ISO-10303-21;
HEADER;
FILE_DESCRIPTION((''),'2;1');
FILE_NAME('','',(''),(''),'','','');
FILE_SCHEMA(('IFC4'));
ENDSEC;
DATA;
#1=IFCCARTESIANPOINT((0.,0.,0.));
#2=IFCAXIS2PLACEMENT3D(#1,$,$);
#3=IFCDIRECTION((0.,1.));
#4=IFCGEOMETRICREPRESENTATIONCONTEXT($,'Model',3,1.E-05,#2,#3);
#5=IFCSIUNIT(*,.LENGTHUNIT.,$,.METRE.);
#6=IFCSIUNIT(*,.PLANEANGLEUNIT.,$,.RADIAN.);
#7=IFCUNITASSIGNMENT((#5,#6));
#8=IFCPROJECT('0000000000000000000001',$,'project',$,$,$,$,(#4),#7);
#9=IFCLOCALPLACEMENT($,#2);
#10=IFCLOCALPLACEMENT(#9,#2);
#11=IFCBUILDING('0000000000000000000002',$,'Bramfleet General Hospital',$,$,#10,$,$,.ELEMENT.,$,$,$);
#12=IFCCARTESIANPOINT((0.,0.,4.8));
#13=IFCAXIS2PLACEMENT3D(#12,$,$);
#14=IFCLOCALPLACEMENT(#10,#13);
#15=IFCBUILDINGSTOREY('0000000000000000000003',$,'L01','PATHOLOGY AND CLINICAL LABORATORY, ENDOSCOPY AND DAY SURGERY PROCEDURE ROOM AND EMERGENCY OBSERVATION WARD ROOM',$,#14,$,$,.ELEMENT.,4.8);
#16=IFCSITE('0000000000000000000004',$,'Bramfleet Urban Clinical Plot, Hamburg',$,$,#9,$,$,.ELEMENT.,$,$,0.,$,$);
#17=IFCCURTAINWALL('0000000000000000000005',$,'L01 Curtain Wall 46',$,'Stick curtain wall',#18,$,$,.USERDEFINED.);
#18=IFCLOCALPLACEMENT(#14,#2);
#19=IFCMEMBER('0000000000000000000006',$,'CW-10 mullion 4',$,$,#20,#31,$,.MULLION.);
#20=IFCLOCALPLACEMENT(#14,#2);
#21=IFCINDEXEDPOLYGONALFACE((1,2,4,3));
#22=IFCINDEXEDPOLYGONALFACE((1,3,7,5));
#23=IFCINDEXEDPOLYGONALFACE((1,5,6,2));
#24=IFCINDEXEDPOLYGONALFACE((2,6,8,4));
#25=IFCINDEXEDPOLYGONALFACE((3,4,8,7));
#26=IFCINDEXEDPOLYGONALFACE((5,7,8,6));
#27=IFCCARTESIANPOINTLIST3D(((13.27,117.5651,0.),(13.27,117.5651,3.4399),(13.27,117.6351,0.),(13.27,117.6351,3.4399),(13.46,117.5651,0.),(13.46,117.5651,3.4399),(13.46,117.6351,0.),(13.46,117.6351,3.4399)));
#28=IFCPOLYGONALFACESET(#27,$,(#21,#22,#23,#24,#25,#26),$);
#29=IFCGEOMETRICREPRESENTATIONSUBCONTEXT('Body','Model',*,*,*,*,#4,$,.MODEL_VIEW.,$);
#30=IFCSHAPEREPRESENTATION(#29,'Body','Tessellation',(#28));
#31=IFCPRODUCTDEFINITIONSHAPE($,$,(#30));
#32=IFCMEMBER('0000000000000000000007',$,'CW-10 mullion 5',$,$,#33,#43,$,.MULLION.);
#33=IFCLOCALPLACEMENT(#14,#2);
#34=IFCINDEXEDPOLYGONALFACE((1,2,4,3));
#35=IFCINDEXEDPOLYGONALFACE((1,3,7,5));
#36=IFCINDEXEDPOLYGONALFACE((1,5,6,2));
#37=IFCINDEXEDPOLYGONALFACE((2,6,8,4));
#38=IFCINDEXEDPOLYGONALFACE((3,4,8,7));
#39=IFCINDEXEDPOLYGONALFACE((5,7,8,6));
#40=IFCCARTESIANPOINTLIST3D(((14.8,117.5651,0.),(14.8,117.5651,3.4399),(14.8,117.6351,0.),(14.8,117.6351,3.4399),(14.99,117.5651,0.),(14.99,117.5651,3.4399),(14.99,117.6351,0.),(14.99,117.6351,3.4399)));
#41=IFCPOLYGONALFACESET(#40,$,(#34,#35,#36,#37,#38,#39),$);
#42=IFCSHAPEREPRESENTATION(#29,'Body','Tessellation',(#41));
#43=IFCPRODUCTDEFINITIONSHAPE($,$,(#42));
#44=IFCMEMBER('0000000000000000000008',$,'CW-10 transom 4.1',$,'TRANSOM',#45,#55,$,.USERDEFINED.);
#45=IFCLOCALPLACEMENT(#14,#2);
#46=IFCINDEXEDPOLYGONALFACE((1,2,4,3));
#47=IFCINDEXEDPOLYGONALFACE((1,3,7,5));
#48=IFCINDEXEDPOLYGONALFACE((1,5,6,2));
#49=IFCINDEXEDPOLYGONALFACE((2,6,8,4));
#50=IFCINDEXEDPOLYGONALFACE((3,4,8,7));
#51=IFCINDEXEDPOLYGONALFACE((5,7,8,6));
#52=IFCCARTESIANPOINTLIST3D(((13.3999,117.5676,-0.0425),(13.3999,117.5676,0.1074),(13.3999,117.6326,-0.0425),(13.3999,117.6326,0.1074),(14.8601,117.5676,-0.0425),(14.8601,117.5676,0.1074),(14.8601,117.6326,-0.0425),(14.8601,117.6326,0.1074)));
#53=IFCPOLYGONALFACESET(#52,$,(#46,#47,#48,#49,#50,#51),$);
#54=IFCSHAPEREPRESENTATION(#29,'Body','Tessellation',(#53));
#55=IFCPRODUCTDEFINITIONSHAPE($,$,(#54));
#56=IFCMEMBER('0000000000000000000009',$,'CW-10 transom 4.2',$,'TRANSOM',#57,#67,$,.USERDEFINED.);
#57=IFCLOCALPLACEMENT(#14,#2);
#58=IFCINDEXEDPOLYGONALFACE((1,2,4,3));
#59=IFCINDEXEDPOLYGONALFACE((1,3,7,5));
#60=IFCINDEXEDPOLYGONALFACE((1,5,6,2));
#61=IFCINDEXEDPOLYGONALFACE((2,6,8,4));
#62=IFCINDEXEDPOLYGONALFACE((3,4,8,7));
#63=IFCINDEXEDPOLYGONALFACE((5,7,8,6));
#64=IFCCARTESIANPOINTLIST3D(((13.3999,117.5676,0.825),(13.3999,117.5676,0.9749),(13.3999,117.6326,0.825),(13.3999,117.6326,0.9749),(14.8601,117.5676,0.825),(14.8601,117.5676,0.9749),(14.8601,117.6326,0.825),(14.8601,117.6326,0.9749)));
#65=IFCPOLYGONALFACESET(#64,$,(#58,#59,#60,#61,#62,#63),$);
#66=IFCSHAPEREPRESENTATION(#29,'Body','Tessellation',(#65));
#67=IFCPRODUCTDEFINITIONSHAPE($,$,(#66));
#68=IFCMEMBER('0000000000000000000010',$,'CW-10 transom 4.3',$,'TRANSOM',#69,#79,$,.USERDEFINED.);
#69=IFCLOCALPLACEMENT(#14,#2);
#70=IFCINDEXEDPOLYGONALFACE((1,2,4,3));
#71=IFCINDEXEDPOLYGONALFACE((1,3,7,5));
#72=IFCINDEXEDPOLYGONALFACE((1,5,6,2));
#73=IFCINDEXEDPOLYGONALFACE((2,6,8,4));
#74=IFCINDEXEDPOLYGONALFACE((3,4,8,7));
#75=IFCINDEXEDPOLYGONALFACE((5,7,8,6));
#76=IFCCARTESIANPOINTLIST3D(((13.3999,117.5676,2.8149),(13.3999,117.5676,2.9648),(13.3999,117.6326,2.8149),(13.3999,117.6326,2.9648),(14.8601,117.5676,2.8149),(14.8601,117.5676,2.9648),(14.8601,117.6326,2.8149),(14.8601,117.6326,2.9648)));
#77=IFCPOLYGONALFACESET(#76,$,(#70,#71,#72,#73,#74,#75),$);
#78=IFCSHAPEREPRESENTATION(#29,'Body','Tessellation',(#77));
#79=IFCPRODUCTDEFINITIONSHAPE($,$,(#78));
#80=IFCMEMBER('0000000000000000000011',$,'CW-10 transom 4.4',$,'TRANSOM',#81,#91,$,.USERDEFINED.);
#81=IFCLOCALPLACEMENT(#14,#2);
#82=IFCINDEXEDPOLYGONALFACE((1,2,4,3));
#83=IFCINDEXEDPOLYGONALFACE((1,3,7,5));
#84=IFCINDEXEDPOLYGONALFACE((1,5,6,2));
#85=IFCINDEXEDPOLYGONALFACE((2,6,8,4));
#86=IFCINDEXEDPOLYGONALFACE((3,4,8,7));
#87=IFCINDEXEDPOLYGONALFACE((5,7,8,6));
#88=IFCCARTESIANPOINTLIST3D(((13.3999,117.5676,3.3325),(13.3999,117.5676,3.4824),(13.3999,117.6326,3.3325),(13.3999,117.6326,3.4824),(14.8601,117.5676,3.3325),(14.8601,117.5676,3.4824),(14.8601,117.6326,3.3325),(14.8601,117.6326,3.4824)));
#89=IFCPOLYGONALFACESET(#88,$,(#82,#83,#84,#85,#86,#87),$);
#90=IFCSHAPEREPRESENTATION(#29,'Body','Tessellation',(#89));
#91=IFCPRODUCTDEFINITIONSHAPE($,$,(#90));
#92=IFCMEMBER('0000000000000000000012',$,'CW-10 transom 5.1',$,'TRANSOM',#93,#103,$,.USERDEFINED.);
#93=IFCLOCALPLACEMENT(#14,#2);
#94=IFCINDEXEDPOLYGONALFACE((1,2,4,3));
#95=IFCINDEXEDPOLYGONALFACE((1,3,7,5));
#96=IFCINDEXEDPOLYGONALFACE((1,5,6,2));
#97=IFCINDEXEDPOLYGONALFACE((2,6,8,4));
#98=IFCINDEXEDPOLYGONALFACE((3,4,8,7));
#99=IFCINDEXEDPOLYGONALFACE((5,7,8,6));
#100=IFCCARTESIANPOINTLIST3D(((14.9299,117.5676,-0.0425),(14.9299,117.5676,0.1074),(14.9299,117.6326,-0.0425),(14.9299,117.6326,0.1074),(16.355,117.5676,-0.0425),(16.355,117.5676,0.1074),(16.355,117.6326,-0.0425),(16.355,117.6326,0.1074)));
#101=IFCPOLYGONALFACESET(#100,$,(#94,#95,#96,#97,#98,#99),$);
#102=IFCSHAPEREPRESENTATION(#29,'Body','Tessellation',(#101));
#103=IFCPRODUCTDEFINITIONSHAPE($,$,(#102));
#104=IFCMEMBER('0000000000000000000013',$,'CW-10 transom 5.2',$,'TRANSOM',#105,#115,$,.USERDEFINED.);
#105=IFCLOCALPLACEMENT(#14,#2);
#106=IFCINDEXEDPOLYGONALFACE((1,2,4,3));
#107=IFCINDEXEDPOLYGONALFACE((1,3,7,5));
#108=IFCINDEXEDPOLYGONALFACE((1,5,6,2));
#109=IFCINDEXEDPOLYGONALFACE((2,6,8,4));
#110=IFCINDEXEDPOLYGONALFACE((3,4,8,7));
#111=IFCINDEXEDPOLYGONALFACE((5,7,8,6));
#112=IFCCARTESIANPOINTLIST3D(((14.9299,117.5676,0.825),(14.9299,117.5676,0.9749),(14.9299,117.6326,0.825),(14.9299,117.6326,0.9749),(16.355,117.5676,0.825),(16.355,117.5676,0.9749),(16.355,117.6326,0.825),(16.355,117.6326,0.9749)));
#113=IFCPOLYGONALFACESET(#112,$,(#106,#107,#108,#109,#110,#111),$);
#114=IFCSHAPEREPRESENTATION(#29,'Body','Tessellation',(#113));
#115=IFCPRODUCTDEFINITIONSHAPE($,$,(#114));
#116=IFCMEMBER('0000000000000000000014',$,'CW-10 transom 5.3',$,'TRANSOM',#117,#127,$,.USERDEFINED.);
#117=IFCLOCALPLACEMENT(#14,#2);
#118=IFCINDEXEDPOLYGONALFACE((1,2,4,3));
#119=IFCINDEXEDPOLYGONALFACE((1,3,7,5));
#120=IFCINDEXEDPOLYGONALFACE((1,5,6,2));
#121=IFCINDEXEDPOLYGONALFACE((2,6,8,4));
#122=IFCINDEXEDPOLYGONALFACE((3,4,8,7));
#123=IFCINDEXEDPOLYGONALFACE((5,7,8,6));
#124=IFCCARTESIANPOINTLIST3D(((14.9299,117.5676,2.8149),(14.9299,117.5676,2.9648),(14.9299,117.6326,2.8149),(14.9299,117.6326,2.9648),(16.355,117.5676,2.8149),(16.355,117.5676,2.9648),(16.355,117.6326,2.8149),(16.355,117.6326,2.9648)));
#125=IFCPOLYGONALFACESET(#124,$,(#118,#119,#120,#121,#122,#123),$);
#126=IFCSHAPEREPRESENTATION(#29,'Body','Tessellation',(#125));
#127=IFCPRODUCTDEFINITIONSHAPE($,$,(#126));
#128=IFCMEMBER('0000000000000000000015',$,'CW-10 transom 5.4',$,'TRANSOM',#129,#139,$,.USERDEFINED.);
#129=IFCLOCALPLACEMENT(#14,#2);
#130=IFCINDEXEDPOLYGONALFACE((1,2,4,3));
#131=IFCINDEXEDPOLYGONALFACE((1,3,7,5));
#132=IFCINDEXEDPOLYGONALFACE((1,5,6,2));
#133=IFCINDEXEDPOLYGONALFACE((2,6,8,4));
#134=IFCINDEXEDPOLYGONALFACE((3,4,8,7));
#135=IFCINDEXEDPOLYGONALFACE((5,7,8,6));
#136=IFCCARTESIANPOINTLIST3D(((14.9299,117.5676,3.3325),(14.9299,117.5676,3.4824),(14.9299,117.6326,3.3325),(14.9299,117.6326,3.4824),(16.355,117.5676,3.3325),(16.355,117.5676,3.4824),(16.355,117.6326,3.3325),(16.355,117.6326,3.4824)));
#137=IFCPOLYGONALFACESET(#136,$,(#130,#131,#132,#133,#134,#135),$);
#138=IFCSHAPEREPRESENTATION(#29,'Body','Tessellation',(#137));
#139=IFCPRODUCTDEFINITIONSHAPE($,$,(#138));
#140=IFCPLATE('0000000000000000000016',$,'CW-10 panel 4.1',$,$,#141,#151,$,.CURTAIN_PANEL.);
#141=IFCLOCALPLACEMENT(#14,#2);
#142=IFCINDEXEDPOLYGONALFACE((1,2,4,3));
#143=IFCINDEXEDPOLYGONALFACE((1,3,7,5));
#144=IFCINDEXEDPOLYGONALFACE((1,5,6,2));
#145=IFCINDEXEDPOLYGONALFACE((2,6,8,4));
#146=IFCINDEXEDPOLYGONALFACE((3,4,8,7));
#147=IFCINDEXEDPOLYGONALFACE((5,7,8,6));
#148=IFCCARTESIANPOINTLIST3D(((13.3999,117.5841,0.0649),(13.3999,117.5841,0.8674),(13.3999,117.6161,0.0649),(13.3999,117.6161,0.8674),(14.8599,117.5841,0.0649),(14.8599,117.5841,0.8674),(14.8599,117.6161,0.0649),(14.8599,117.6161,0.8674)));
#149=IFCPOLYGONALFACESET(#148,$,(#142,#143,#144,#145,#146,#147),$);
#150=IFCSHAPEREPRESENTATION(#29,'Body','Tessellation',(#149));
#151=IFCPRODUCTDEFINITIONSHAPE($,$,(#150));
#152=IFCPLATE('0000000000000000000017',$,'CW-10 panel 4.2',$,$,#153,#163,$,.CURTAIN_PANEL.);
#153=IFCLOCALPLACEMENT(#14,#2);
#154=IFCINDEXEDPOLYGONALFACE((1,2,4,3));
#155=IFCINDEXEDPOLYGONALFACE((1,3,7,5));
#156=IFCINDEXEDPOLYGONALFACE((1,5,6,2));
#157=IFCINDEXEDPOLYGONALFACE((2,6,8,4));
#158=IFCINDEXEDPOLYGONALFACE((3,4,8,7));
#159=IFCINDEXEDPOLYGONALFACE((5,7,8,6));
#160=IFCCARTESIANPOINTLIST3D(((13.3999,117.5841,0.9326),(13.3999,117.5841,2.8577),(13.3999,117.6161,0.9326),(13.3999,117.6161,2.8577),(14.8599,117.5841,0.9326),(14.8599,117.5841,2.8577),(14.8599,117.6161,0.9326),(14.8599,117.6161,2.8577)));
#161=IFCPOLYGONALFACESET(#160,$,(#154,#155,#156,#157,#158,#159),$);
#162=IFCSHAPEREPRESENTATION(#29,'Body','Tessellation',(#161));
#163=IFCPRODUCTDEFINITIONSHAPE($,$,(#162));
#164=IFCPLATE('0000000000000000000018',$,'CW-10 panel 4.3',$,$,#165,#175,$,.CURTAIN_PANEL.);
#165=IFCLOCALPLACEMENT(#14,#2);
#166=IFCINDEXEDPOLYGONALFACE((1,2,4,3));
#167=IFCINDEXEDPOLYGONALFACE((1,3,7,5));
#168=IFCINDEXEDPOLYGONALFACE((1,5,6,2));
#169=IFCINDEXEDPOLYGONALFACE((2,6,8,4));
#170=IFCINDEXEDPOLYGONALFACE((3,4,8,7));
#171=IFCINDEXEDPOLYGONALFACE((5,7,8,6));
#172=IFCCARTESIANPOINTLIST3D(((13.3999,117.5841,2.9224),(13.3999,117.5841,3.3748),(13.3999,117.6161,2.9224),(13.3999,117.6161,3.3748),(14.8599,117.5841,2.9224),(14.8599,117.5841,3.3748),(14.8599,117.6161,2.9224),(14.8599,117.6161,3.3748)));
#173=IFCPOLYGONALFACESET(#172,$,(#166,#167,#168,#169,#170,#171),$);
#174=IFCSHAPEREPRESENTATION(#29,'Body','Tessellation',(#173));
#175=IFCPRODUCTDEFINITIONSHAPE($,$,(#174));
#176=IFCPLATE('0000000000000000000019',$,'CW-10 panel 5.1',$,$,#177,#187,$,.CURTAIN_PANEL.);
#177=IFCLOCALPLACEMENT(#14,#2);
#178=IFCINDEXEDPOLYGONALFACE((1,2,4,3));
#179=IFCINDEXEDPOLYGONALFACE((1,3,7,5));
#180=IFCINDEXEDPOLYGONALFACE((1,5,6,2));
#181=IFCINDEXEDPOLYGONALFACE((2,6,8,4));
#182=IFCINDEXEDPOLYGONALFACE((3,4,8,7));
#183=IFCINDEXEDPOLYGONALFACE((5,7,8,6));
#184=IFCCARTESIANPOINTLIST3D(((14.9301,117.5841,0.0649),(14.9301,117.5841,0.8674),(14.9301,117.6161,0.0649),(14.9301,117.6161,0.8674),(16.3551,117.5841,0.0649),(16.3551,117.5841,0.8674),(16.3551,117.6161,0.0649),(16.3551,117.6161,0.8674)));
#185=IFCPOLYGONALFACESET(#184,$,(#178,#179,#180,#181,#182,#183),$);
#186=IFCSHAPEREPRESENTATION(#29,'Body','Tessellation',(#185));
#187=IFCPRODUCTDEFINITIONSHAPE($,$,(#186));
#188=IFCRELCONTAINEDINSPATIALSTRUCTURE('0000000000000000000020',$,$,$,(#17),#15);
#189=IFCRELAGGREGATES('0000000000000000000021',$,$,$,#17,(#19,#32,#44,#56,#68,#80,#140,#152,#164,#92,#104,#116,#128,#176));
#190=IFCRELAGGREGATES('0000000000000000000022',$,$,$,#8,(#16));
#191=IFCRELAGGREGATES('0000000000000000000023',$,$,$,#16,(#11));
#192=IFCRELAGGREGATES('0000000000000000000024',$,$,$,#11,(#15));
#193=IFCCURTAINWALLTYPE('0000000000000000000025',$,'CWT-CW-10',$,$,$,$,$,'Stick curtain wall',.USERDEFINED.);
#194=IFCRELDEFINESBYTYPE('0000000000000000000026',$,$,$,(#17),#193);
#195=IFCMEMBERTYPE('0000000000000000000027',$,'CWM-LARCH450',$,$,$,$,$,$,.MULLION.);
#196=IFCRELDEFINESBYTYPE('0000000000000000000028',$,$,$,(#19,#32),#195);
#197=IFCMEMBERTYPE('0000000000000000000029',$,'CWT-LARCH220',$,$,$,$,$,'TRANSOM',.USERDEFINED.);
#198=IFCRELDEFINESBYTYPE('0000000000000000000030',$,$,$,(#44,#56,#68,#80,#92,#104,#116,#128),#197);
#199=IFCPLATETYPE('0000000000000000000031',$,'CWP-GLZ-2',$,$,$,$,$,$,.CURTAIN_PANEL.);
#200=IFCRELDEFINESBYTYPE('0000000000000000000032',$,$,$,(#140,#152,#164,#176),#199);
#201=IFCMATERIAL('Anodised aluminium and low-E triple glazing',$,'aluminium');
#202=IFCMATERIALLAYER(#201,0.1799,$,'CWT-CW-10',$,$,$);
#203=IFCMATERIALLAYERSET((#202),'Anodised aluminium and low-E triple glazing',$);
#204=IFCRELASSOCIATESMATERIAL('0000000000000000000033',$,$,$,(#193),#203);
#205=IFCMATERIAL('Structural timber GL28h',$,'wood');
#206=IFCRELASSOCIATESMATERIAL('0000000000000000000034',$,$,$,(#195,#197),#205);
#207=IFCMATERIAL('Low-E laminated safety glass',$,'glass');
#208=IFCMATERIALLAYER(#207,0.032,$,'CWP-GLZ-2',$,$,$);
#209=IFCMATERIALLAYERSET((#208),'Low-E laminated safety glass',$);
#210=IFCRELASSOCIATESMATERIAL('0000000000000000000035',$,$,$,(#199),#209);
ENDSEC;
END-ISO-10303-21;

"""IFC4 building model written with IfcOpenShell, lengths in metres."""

from ifc_helpers import new_model, si_unit, direction, frame, origin, origin_2d, place, context, subcontext, project, spatial, rectangle, extrude, material, layer, layer_set, material_profile, profile_set, type_object, element, aggregate, save


model = new_model("IFC4")

# Units and contexts
model_context = context("Model", 3, precision=1e-05, world=origin(), true_north=direction((0.0, 1.0)))
body_context = subcontext(model_context, "Body", "Model", "MODEL_VIEW")
ifc_project = project(units=[si_unit("LENGTHUNIT", "METRE"), si_unit("PLANEANGLEUNIT", "RADIAN")], contexts=[model_context])

# Site, building, storey
site_placement = place(None, origin())
site = spatial("IfcSite", under=ifc_project, at=site_placement, Name="Bramfleet Urban Clinical Plot, Hamburg", CompositionType="ELEMENT", RefElevation=0.0)
building_placement = place(site_placement, origin())
building = spatial("IfcBuilding", under=site, at=building_placement, Name="Bramfleet General Hospital", CompositionType="ELEMENT")
storey_placement = place(building_placement, frame((0.0, 0.0, 4.8)))
storey = spatial("IfcBuildingStorey", under=building, at=storey_placement, Name="L01", Description="PATHOLOGY AND CLINICAL LABORATORY, ENDOSCOPY AND DAY SURGERY PROCEDURE ROOM AND EMERGENCY OBSERVATION WARD ROOM", CompositionType="ELEMENT", Elevation=4.8)

# Curtain wall, members, plates
ifc_material_1 = material(Name="Anodised aluminium and low-E triple glazing", Category="aluminium")
ifc_layer_1 = layer(ifc_material_1, 0.1799, Name="CWT-CW-10")
ifc_layer_set_1 = layer_set([ifc_layer_1], Name="Anodised aluminium and low-E triple glazing")
curtain_wall_type = type_object("IfcCurtainWallType", Name="CWT-CW-10", ElementType="Stick curtain wall", PredefinedType="USERDEFINED", material=ifc_layer_set_1)
curtain_wall_placement = place(storey_placement, origin())
curtain_wall = element("IfcCurtainWall", 1, at=curtain_wall_placement, inside=storey, type_object=curtain_wall_type, Name="L01 Curtain Wall 46", ObjectType="Stick curtain wall", PredefinedType="USERDEFINED")
ifc_material_2 = material(Name="Structural timber GL28h", Category="wood")
ifc_material_profile_1 = material_profile(ifc_material_2, rectangle(XDim=0.0701, YDim=0.1899, at=origin_2d()), Name="LARCH 190x70")
ifc_profile_set_1 = profile_set([ifc_material_profile_1], Name="Structural timber GL28h")
member_type_1 = type_object("IfcMemberType", Name="CWM-LARCH450", PredefinedType="MULLION", material=ifc_profile_set_1)
member_1_placement = place(storey_placement, frame((13.365, 117.6001, 0.0), z_axis=(0.0, 0.0, 1.0), x_axis=(0.0, 1.0, 0.0)))
member_1 = element("IfcMember", 2, at=member_1_placement, type_object=member_type_1, Name="CW-10 mullion 4", PredefinedType="MULLION", context=body_context, shape_type="SweptSolid", body=[
    extrude(rectangle(XDim=0.0701, YDim=0.1899, at=origin_2d()), origin(), (0.0, 0.0, 1.0), 3.4399),
])
member_2_placement = place(storey_placement, frame((14.895, 117.6001, 0.0), z_axis=(0.0, 0.0, 1.0), x_axis=(0.0, 1.0, 0.0)))
member_2 = element("IfcMember", 3, at=member_2_placement, type_object=member_type_1, Name="CW-10 mullion 5", PredefinedType="MULLION", context=body_context, shape_type="SweptSolid", body=[
    extrude(rectangle(XDim=0.0701, YDim=0.1899, at=origin_2d()), origin(), (0.0, 0.0, 1.0), 3.4399),
])
ifc_material_profile_2 = material_profile(ifc_material_2, rectangle(XDim=0.0649, YDim=0.1499, at=origin_2d()), Name="LARCH 150x65")
ifc_profile_set_2 = profile_set([ifc_material_profile_2], Name="Structural timber GL28h")
member_type_2 = type_object("IfcMemberType", Name="CWT-LARCH220", ElementType="TRANSOM", PredefinedType="USERDEFINED", material=ifc_profile_set_2)
member_3_placement = place(storey_placement, frame((13.3999, 117.6001, 0.0325), z_axis=(1.0, 0.0, 0.0), x_axis=(0.0, 1.0, 0.0)))
member_3 = element("IfcMember", 4, at=member_3_placement, type_object=member_type_2, Name="CW-10 transom 4.1", ObjectType="TRANSOM", PredefinedType="USERDEFINED", context=body_context, shape_type="SweptSolid", body=[
    extrude(rectangle(XDim=0.0649, YDim=0.1499, at=origin_2d()), origin(), (0.0, 0.0, 1.0), 1.4602),
])
member_4_placement = place(storey_placement, frame((13.3999, 117.6001, 0.8999), z_axis=(1.0, 0.0, 0.0), x_axis=(0.0, 1.0, 0.0)))
member_4 = element("IfcMember", 5, at=member_4_placement, type_object=member_type_2, Name="CW-10 transom 4.2", ObjectType="TRANSOM", PredefinedType="USERDEFINED", context=body_context, shape_type="SweptSolid", body=[
    extrude(rectangle(XDim=0.0649, YDim=0.1499, at=origin_2d()), origin(), (0.0, 0.0, 1.0), 1.4602),
])
member_5_placement = place(storey_placement, frame((13.3999, 117.6001, 2.8899), z_axis=(1.0, 0.0, 0.0), x_axis=(0.0, 1.0, 0.0)))
member_5 = element("IfcMember", 6, at=member_5_placement, type_object=member_type_2, Name="CW-10 transom 4.3", ObjectType="TRANSOM", PredefinedType="USERDEFINED", context=body_context, shape_type="SweptSolid", body=[
    extrude(rectangle(XDim=0.0649, YDim=0.1499, at=origin_2d()), origin(), (0.0, 0.0, 1.0), 1.4602),
])
member_6_placement = place(storey_placement, frame((13.3999, 117.6001, 3.4075), z_axis=(1.0, 0.0, 0.0), x_axis=(0.0, 1.0, 0.0)))
member_6 = element("IfcMember", 7, at=member_6_placement, type_object=member_type_2, Name="CW-10 transom 4.4", ObjectType="TRANSOM", PredefinedType="USERDEFINED", context=body_context, shape_type="SweptSolid", body=[
    extrude(rectangle(XDim=0.0649, YDim=0.1499, at=origin_2d()), origin(), (0.0, 0.0, 1.0), 1.4602),
])
member_7_placement = place(storey_placement, frame((14.9299, 117.6001, 0.0325), z_axis=(1.0, 0.0, 0.0), x_axis=(0.0, 1.0, 0.0)))
member_7 = element("IfcMember", 8, at=member_7_placement, type_object=member_type_2, Name="CW-10 transom 5.1", ObjectType="TRANSOM", PredefinedType="USERDEFINED", context=body_context, shape_type="SweptSolid", body=[
    extrude(rectangle(XDim=0.0649, YDim=0.1499, at=origin_2d()), origin(), (0.0, 0.0, 1.0), 1.425),
])
member_8_placement = place(storey_placement, frame((14.9299, 117.6001, 0.8999), z_axis=(1.0, 0.0, 0.0), x_axis=(0.0, 1.0, 0.0)))
member_8 = element("IfcMember", 9, at=member_8_placement, type_object=member_type_2, Name="CW-10 transom 5.2", ObjectType="TRANSOM", PredefinedType="USERDEFINED", context=body_context, shape_type="SweptSolid", body=[
    extrude(rectangle(XDim=0.0649, YDim=0.1499, at=origin_2d()), origin(), (0.0, 0.0, 1.0), 1.425),
])
member_9_placement = place(storey_placement, frame((14.9299, 117.6001, 2.8899), z_axis=(1.0, 0.0, 0.0), x_axis=(0.0, 1.0, 0.0)))
member_9 = element("IfcMember", 10, at=member_9_placement, type_object=member_type_2, Name="CW-10 transom 5.3", ObjectType="TRANSOM", PredefinedType="USERDEFINED", context=body_context, shape_type="SweptSolid", body=[
    extrude(rectangle(XDim=0.0649, YDim=0.1499, at=origin_2d()), origin(), (0.0, 0.0, 1.0), 1.425),
])
member_10_placement = place(storey_placement, frame((14.9299, 117.6001, 3.4075), z_axis=(1.0, 0.0, 0.0), x_axis=(0.0, 1.0, 0.0)))
member_10 = element("IfcMember", 11, at=member_10_placement, type_object=member_type_2, Name="CW-10 transom 5.4", ObjectType="TRANSOM", PredefinedType="USERDEFINED", context=body_context, shape_type="SweptSolid", body=[
    extrude(rectangle(XDim=0.0649, YDim=0.1499, at=origin_2d()), origin(), (0.0, 0.0, 1.0), 1.425),
])
ifc_material_3 = material(Name="Low-E laminated safety glass", Category="glass")
ifc_layer_2 = layer(ifc_material_3, 0.032, Name="CWP-GLZ-2")
ifc_layer_set_2 = layer_set([ifc_layer_2], Name="Low-E laminated safety glass")
plate_type = type_object("IfcPlateType", Name="CWP-GLZ-2", PredefinedType="CURTAIN_PANEL", material=ifc_layer_set_2)
plate_1_placement = place(storey_placement, frame((14.1299, 117.6001, 0.0649), z_axis=(0.0, 0.0, 1.0), x_axis=(1.0, 0.0, 0.0)))
plate_1 = element("IfcPlate", 12, at=plate_1_placement, type_object=plate_type, Name="CW-10 panel 4.1", PredefinedType="CURTAIN_PANEL", context=body_context, shape_type="SweptSolid", body=[
    extrude(rectangle(XDim=1.46, YDim=0.032, at=origin_2d()), origin(), (0.0, 0.0, 1.0), 0.8025),
])
plate_2_placement = place(storey_placement, frame((14.1299, 117.6001, 0.9326), z_axis=(0.0, 0.0, 1.0), x_axis=(1.0, 0.0, 0.0)))
plate_2 = element("IfcPlate", 13, at=plate_2_placement, type_object=plate_type, Name="CW-10 panel 4.2", PredefinedType="CURTAIN_PANEL", context=body_context, shape_type="SweptSolid", body=[
    extrude(rectangle(XDim=1.46, YDim=0.032, at=origin_2d()), origin(), (0.0, 0.0, 1.0), 1.925),
])
plate_3_placement = place(storey_placement, frame((14.1299, 117.6001, 2.9224), z_axis=(0.0, 0.0, 1.0), x_axis=(1.0, 0.0, 0.0)))
plate_3 = element("IfcPlate", 14, at=plate_3_placement, type_object=plate_type, Name="CW-10 panel 4.3", PredefinedType="CURTAIN_PANEL", context=body_context, shape_type="SweptSolid", body=[
    extrude(rectangle(XDim=1.46, YDim=0.032, at=origin_2d()), origin(), (0.0, 0.0, 1.0), 0.4524),
])
plate_4_placement = place(storey_placement, frame((15.6426, 117.6001, 0.0649), z_axis=(0.0, 0.0, 1.0), x_axis=(1.0, 0.0, 0.0)))
plate_4 = element("IfcPlate", 15, at=plate_4_placement, type_object=plate_type, Name="CW-10 panel 5.1", PredefinedType="CURTAIN_PANEL", context=body_context, shape_type="SweptSolid", body=[
    extrude(rectangle(XDim=1.425, YDim=0.032, at=origin_2d()), origin(), (0.0, 0.0, 1.0), 0.8025),
])
aggregate(curtain_wall, [member_1, member_2, member_3, member_4, member_5, member_6, plate_1, plate_2, plate_3, member_7, member_8, member_9, member_10, plate_4])

save(model, "model.ifc")
